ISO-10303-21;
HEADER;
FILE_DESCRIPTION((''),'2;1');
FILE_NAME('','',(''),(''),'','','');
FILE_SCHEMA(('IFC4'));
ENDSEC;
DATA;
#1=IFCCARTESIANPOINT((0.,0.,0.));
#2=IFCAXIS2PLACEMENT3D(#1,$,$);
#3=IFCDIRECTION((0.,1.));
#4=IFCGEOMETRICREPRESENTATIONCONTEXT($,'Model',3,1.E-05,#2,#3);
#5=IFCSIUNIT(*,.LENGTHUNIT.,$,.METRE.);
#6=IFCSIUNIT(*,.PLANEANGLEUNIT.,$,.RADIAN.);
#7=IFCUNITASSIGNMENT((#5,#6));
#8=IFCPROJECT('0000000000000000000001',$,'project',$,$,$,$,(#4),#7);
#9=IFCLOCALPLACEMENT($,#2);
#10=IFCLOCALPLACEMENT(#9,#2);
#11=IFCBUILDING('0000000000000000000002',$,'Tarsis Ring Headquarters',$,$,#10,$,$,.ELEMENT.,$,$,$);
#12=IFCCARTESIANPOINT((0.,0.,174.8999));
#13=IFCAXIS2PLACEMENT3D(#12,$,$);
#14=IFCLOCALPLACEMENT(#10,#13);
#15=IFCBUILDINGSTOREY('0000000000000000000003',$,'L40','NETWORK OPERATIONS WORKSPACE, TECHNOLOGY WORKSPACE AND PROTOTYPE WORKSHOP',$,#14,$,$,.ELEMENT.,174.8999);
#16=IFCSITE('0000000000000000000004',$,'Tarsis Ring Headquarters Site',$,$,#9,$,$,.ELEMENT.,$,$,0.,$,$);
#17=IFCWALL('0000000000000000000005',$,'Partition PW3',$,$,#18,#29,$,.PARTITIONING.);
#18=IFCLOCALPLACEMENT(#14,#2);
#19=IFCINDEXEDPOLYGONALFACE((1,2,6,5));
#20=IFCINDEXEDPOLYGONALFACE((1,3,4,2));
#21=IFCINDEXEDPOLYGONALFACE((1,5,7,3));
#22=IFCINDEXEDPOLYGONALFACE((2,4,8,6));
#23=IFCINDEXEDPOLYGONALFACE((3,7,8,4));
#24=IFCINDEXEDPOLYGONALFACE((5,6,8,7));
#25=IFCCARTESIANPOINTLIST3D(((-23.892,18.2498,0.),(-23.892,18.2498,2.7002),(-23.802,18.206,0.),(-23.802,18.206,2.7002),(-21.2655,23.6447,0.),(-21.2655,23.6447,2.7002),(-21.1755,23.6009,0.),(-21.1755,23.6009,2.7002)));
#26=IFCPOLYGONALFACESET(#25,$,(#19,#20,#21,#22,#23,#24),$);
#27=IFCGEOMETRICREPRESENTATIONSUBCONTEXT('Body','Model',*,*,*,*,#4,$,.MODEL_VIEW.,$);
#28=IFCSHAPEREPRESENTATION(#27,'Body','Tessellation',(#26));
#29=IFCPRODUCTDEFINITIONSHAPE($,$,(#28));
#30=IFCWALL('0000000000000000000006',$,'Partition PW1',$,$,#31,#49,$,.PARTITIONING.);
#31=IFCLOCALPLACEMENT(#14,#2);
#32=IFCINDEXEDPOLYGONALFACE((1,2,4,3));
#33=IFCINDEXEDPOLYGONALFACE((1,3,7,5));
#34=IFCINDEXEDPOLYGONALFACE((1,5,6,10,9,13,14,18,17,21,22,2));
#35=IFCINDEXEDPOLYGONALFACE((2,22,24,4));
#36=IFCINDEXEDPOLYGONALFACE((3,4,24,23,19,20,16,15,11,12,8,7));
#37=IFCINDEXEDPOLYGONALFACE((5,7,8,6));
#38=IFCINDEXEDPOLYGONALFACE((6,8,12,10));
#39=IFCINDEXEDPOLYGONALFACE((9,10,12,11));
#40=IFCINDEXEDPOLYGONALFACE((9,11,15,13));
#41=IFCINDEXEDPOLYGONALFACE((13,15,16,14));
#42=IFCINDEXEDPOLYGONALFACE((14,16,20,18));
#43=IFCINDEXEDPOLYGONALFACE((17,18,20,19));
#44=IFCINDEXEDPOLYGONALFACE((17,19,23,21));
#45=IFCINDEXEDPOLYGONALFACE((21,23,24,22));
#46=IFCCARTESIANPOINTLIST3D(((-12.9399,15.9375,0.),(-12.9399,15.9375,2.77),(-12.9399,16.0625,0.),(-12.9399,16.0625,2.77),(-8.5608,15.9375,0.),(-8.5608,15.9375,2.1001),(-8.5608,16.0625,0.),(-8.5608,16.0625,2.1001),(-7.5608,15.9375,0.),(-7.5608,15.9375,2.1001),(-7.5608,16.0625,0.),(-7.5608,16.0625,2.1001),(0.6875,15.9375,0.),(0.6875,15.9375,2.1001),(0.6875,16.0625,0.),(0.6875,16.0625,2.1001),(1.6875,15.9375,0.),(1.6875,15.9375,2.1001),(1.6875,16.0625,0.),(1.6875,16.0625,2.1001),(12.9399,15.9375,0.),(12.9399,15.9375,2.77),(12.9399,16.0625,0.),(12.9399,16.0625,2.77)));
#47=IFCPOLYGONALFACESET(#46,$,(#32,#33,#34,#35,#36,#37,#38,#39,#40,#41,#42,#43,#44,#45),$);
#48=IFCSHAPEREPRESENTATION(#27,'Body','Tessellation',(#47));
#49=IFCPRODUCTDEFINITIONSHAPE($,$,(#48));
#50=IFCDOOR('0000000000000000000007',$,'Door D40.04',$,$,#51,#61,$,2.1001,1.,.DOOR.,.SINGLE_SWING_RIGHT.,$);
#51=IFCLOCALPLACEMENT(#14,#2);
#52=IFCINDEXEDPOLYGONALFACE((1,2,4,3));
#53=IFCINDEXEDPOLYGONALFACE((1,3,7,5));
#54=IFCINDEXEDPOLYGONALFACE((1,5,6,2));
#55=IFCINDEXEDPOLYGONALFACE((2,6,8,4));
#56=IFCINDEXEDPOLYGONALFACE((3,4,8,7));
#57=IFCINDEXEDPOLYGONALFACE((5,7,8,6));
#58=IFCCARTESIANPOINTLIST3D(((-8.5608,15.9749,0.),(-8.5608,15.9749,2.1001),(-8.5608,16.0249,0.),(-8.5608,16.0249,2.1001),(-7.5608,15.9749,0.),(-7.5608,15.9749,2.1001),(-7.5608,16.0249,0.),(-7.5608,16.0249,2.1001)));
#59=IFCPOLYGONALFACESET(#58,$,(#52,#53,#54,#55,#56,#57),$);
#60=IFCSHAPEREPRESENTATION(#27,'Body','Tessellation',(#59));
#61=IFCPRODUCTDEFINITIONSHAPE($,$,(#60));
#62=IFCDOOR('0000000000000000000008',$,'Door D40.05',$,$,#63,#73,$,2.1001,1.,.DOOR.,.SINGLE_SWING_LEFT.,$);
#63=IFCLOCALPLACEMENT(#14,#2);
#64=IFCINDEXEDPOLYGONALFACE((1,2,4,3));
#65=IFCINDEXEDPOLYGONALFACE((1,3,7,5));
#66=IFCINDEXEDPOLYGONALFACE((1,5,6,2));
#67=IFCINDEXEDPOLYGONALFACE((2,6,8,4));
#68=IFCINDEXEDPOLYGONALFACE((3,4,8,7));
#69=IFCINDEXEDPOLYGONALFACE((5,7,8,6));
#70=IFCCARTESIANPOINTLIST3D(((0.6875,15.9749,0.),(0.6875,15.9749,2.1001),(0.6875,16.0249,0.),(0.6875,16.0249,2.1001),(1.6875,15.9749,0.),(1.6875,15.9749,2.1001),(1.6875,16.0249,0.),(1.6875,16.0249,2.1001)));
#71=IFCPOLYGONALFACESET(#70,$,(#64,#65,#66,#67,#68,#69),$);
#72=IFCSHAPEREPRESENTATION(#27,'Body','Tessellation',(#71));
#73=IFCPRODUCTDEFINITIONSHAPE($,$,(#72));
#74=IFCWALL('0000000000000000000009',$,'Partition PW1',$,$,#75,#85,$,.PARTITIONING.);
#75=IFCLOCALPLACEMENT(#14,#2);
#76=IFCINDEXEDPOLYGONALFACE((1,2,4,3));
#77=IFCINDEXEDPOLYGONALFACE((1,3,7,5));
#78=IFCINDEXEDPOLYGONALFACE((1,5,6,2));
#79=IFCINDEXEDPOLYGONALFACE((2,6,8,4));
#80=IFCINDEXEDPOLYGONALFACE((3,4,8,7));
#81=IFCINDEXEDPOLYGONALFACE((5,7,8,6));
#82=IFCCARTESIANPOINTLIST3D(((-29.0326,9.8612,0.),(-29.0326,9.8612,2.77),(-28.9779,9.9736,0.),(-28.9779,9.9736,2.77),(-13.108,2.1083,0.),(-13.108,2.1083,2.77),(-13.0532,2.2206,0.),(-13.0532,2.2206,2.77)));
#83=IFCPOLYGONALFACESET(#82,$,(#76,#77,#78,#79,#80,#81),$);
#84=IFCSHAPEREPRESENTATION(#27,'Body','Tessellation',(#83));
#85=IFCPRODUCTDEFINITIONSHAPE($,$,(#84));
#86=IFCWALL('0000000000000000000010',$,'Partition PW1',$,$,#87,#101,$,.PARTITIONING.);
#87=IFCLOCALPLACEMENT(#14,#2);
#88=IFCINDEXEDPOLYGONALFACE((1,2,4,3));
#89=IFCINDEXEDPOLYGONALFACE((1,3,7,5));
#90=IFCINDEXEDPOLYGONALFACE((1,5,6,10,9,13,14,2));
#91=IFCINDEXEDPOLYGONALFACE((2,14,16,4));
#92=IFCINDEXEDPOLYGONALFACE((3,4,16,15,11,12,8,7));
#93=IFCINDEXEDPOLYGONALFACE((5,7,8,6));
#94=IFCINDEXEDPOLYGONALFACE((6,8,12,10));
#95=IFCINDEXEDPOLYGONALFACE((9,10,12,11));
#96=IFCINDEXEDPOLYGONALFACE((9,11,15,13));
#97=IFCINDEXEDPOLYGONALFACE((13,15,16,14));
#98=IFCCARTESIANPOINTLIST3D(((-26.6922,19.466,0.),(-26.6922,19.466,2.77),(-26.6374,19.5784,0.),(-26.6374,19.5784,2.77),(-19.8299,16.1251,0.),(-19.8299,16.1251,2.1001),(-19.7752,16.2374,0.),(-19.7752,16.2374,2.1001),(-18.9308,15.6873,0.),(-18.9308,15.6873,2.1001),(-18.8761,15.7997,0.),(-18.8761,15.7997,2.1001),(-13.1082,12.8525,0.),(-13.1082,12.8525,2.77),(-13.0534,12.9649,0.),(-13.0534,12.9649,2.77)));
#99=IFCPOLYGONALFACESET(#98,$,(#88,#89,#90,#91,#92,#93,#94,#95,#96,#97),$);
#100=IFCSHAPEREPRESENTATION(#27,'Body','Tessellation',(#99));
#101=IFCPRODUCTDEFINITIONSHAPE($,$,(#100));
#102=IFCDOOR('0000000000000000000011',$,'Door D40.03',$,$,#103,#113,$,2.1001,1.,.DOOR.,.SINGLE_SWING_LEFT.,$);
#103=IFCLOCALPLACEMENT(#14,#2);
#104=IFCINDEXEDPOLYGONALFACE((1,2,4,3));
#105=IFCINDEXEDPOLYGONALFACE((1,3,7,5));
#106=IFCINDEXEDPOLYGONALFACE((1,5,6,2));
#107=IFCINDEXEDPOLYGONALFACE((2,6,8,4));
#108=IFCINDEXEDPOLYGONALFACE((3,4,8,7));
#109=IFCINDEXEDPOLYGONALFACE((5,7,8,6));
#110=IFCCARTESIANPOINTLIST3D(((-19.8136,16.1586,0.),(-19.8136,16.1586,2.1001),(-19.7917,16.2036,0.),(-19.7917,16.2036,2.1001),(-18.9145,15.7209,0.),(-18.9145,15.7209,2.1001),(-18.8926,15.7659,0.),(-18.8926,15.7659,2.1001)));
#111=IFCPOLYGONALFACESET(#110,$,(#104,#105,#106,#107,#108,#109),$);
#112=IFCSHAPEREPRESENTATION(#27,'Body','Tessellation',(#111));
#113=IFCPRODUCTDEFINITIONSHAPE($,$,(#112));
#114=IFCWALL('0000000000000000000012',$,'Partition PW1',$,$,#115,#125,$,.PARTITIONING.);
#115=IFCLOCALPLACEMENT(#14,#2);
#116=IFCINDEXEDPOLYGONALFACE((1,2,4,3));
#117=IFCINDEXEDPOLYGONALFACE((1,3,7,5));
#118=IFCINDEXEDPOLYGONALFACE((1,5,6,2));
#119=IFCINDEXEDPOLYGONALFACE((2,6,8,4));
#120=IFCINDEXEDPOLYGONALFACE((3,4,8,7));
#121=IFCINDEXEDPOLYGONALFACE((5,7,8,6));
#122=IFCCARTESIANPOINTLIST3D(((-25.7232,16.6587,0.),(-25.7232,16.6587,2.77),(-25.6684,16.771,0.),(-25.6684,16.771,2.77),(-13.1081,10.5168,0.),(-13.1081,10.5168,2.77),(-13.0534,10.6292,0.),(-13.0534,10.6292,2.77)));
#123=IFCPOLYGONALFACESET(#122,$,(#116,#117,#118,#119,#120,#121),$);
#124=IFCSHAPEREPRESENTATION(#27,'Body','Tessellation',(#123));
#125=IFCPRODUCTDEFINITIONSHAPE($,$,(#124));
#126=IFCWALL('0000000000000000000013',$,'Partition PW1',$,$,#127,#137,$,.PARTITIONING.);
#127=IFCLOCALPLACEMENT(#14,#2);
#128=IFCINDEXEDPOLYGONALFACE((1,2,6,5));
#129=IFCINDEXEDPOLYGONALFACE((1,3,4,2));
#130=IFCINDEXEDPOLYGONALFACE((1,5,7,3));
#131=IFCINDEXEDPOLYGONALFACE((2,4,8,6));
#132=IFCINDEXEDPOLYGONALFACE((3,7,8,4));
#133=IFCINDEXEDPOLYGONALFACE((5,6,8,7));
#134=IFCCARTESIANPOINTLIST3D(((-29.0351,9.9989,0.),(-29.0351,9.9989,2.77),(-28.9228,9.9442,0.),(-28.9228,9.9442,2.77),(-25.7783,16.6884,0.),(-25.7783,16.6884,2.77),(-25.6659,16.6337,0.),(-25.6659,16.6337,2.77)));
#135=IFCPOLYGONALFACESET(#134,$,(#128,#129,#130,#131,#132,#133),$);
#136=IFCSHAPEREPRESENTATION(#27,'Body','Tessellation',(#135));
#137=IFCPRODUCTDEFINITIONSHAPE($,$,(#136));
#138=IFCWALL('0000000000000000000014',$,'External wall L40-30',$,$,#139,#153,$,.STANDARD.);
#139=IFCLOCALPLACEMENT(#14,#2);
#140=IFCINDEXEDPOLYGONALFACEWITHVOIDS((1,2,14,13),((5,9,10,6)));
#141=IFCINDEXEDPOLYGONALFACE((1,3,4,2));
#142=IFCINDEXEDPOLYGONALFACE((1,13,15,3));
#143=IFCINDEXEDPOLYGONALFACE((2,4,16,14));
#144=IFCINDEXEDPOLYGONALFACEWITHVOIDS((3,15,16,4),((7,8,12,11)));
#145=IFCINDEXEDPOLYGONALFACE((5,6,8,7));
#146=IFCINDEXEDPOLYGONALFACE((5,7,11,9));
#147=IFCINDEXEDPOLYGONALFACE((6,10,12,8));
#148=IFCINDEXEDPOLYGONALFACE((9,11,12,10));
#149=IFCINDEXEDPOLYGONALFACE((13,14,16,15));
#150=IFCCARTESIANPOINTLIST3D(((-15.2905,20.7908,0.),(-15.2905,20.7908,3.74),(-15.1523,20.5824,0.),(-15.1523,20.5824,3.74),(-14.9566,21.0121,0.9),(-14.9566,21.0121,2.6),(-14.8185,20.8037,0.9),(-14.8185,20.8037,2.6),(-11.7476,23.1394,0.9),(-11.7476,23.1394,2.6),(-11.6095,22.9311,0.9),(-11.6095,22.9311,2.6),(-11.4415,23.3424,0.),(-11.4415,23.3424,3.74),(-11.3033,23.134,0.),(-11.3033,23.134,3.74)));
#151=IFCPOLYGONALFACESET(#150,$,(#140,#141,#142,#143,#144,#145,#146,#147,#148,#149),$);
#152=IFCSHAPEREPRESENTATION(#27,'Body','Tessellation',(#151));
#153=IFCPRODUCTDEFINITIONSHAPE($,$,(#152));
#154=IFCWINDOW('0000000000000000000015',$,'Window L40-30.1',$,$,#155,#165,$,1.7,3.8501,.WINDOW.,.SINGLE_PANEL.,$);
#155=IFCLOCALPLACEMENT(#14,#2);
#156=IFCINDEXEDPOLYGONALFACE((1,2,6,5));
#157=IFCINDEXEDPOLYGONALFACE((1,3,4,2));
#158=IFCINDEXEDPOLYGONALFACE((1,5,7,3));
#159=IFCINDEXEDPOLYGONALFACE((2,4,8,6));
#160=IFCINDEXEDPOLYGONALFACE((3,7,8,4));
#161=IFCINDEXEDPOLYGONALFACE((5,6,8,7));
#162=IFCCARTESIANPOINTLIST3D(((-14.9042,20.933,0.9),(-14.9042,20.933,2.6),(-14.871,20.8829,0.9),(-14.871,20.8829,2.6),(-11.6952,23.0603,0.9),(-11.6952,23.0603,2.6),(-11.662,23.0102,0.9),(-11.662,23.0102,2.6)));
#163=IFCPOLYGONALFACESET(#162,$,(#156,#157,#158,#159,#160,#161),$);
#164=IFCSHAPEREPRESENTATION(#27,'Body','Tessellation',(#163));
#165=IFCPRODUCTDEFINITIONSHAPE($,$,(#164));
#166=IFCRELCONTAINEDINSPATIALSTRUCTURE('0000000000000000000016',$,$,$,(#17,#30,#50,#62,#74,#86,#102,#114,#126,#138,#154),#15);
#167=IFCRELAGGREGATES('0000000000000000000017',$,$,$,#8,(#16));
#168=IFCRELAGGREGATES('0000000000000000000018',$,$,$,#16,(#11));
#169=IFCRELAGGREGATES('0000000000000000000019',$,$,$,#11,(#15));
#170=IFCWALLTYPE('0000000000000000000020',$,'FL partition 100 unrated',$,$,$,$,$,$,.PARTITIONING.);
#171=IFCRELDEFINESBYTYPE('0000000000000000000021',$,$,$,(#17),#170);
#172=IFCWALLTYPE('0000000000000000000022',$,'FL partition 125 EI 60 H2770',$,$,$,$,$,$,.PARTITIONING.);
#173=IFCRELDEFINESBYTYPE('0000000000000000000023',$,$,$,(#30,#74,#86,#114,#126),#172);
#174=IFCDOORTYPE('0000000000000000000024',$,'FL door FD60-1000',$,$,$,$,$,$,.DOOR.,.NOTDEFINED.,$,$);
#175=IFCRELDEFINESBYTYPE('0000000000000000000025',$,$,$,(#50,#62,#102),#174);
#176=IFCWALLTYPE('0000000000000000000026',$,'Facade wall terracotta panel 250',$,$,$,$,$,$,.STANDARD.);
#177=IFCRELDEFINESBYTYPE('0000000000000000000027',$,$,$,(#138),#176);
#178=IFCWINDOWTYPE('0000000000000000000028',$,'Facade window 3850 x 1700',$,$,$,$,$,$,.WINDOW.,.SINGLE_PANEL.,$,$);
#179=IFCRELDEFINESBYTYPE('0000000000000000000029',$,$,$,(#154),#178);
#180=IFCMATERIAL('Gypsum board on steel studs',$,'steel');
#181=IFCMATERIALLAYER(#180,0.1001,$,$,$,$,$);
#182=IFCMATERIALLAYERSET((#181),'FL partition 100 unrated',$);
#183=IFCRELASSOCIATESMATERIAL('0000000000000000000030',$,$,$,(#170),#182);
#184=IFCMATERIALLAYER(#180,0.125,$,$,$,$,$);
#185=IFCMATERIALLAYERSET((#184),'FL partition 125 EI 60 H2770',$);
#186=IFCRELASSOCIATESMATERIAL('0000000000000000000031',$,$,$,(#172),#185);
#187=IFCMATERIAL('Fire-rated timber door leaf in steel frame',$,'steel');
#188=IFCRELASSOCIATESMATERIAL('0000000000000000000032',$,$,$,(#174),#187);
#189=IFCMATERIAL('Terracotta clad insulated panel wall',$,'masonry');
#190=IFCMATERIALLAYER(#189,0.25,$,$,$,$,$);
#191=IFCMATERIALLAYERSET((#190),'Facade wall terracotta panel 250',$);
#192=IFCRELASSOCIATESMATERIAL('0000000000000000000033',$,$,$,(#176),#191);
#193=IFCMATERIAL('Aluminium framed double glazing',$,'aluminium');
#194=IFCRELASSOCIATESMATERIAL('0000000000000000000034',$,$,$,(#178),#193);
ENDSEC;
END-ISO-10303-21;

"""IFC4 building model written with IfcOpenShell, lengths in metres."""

from ifc_helpers import new_model, si_unit, direction, frame, frame_2d, origin, place, context, subcontext, project, spatial, rectangle, extrude, material, layer, layer_set, type_object, element, fill, save


model = new_model("IFC4")

# Units and contexts
model_context = context("Model", 3, precision=1e-05, world=origin(), true_north=direction((0.0, 1.0)))
body_context = subcontext(model_context, "Body", "Model", "MODEL_VIEW")
ifc_project = project(units=[si_unit("LENGTHUNIT", "METRE"), si_unit("PLANEANGLEUNIT", "RADIAN")], contexts=[model_context])

# Site, building, storey
site_placement = place(None, origin())
site = spatial("IfcSite", under=ifc_project, at=site_placement, Name="Tarsis Ring Headquarters Site", CompositionType="ELEMENT", RefElevation=0.0)
building_placement = place(site_placement, origin())
building = spatial("IfcBuilding", under=site, at=building_placement, Name="Tarsis Ring Headquarters", CompositionType="ELEMENT")
storey_placement = place(building_placement, frame((0.0, 0.0, 174.8999)))
storey = spatial("IfcBuildingStorey", under=building, at=storey_placement, Name="L40", Description="NETWORK OPERATIONS WORKSPACE, TECHNOLOGY WORKSPACE AND PROTOTYPE WORKSHOP", CompositionType="ELEMENT", Elevation=174.8999)

# Wall
ifc_material_1 = material(Name="Gypsum board on steel studs", Category="steel")
ifc_layer_1 = layer(ifc_material_1, 0.1001)
ifc_layer_set_1 = layer_set([ifc_layer_1], Name="FL partition 100 unrated")
wall_type_1 = type_object("IfcWallType", Name="FL partition 100 unrated", PredefinedType="PARTITIONING", material=ifc_layer_set_1)
wall_1_placement = place(storey_placement, frame((-23.8469, 18.228, 0.0), z_axis=(0.0, 0.0, 1.0), x_axis=(0.437732, 0.899105, 0.0)))
element("IfcWall", 1, at=wall_1_placement, inside=storey, type_object=wall_type_1, Name="Partition PW3", PredefinedType="PARTITIONING", context=body_context, shape_type="SweptSolid", body=[
    extrude(rectangle(XDim=6.0002, YDim=0.1001, at=frame_2d((3.0, 0.0))), origin(), (0.0, 0.0, 1.0), 2.7002),
])

# Wall, openings, doors
ifc_layer_2 = layer(ifc_material_1, 0.125)
ifc_layer_set_2 = layer_set([ifc_layer_2], Name="FL partition 125 EI 60 H2770")
wall_type_2 = type_object("IfcWallType", Name="FL partition 125 EI 60 H2770", PredefinedType="PARTITIONING", material=ifc_layer_set_2)
wall_2_placement = place(storey_placement, frame((-12.9399, 16.0, 0.0), z_axis=(0.0, 0.0, 1.0), x_axis=(1.0, 0.0, 0.0)))
wall_2 = element("IfcWall", 2, at=wall_2_placement, inside=storey, type_object=wall_type_2, Name="Partition PW1", PredefinedType="PARTITIONING", context=body_context, shape_type="SweptSolid", body=[
    extrude(rectangle(XDim=25.8799, YDim=0.125, at=frame_2d((12.9399, 0.0))), origin(), (0.0, 0.0, 1.0), 2.77),
])
opening_1_placement = place(wall_2_placement, frame((4.3792, 0.0, 0.0)))
opening_1 = element("IfcOpeningElement", 3, at=opening_1_placement, cuts=wall_2, PredefinedType="OPENING", context=body_context, shape_type="SweptSolid", body=[
    extrude(rectangle(XDim=1.0, YDim=2.1001, at=frame_2d((0.5, 1.05))), frame((0.0, 0.0725, 0.0), z_axis=(0.0, -1.0, 0.0), x_axis=(1.0, 0.0, 0.0)), (0.0, 0.0, 1.0), 0.145),
])
opening_2_placement = place(wall_2_placement, frame((13.6274, 0.0, 0.0)))
opening_2 = element("IfcOpeningElement", 4, at=opening_2_placement, cuts=wall_2, PredefinedType="OPENING", context=body_context, shape_type="SweptSolid", body=[
    extrude(rectangle(XDim=1.0, YDim=2.1001, at=frame_2d((0.5, 1.05))), frame((0.0, 0.0725, 0.0), z_axis=(0.0, -1.0, 0.0), x_axis=(1.0, 0.0, 0.0)), (0.0, 0.0, 1.0), 0.145),
])
ifc_material_2 = material(Name="Fire-rated timber door leaf in steel frame", Category="steel")
door_type_1 = type_object("IfcDoorType", Name="FL door FD60-1000", OperationType="NOTDEFINED", PredefinedType="DOOR", material=ifc_material_2)
door_1_placement = place(opening_1_placement, origin())
door_1 = element("IfcDoor", 5, at=door_1_placement, inside=storey, type_object=door_type_1, Name="Door D40.04", OperationType="SINGLE_SWING_RIGHT", OverallHeight=2.1001, OverallWidth=1.0, PredefinedType="DOOR", context=body_context, shape_type="SweptSolid", body=[
    extrude(rectangle(XDim=1.0, YDim=2.1001, at=frame_2d((0.5, 1.05))), frame((0.0, 0.0249, 0.0), z_axis=(0.0, -1.0, 0.0), x_axis=(1.0, 0.0, 0.0)), (0.0, 0.0, 1.0), 0.05),
])
fill(opening_1, door_1)
door_2_placement = place(opening_2_placement, origin())
door_2 = element("IfcDoor", 6, at=door_2_placement, inside=storey, type_object=door_type_1, Name="Door D40.05", OperationType="SINGLE_SWING_LEFT", OverallHeight=2.1001, OverallWidth=1.0, PredefinedType="DOOR", context=body_context, shape_type="SweptSolid", body=[
    extrude(rectangle(XDim=1.0, YDim=2.1001, at=frame_2d((0.5, 1.05))), frame((0.0, 0.0249, 0.0), z_axis=(0.0, -1.0, 0.0), x_axis=(1.0, 0.0, 0.0)), (0.0, 0.0, 1.0), 0.05),
])
fill(opening_2, door_2)

# Wall
wall_3_placement = place(storey_placement, frame((-29.0054, 9.9175, 0.0), z_axis=(0.0, 0.0, 1.0), x_axis=(0.899105, -0.437733, 0.0)))
element("IfcWall", 7, at=wall_3_placement, inside=storey, type_object=wall_type_2, Name="Partition PW1", PredefinedType="PARTITIONING", context=body_context, shape_type="SweptSolid", body=[
    extrude(rectangle(XDim=17.7117, YDim=0.125, at=frame_2d((8.856, 0.0))), origin(), (0.0, 0.0, 1.0), 2.77),
])

# Wall, opening, door
wall_4_placement = place(storey_placement, frame((-26.6648, 19.5222, 0.0), z_axis=(0.0, 0.0, 1.0), x_axis=(0.899102, -0.437739, 0.0)))
wall_4 = element("IfcWall", 8, at=wall_4_placement, inside=storey, type_object=wall_type_2, Name="Partition PW1", PredefinedType="PARTITIONING", context=body_context, shape_type="SweptSolid", body=[
    extrude(rectangle(XDim=15.1084, YDim=0.125, at=frame_2d((7.5542, 0.0))), origin(), (0.0, 0.0, 1.0), 2.77),
])
opening_3_placement = place(wall_4_placement, frame((7.6323, 0.0, 0.0)))
opening_3 = element("IfcOpeningElement", 9, at=opening_3_placement, cuts=wall_4, PredefinedType="OPENING", context=body_context, shape_type="SweptSolid", body=[
    extrude(rectangle(XDim=1.0, YDim=2.1001, at=frame_2d((0.5, 1.05))), frame((0.0, 0.0725, 0.0), z_axis=(0.0, -1.0, 0.0), x_axis=(1.0, 0.0, 0.0)), (0.0, 0.0, 1.0), 0.145),
])
door_3_placement = place(opening_3_placement, origin())
door_3 = element("IfcDoor", 10, at=door_3_placement, inside=storey, type_object=door_type_1, Name="Door D40.03", OperationType="SINGLE_SWING_LEFT", OverallHeight=2.1001, OverallWidth=1.0, PredefinedType="DOOR", context=body_context, shape_type="SweptSolid", body=[
    extrude(rectangle(XDim=1.0, YDim=2.1001, at=frame_2d((0.5, 1.05))), frame((0.0, 0.0249, 0.0), z_axis=(0.0, -1.0, 0.0), x_axis=(1.0, 0.0, 0.0)), (0.0, 0.0, 1.0), 0.05),
])
fill(opening_3, door_3)

# Walls
wall_5_placement = place(storey_placement, frame((-25.6958, 16.7148, 0.0), z_axis=(0.0, 0.0, 1.0), x_axis=(0.8991, -0.437744, 0.0)))
element("IfcWall", 11, at=wall_5_placement, inside=storey, type_object=wall_type_2, Name="Partition PW1", PredefinedType="PARTITIONING", context=body_context, shape_type="SweptSolid", body=[
    extrude(rectangle(XDim=14.0308, YDim=0.125, at=frame_2d((7.0154, 0.0))), origin(), (0.0, 0.0, 1.0), 2.77),
])
wall_6_placement = place(storey_placement, frame((-28.979, 9.9714, 0.0), z_axis=(0.0, 0.0, 1.0), x_axis=(0.437738, 0.899102, 0.0)))
element("IfcWall", 12, at=wall_6_placement, inside=storey, type_object=wall_type_2, Name="Partition PW1", PredefinedType="PARTITIONING", context=body_context, shape_type="SweptSolid", body=[
    extrude(rectangle(XDim=7.4402, YDim=0.125, at=frame_2d((3.7202, 0.0))), origin(), (0.0, 0.0, 1.0), 2.77),
])

# Wall, opening, window
ifc_material_3 = material(Name="Terracotta clad insulated panel wall", Category="masonry")
ifc_layer_3 = layer(ifc_material_3, 0.25)
ifc_layer_set_3 = layer_set([ifc_layer_3], Name="Facade wall terracotta panel 250")
wall_type_3 = type_object("IfcWallType", Name="Facade wall terracotta panel 250", PredefinedType="STANDARD", material=ifc_layer_set_3)
wall_7_placement = place(storey_placement, frame((-11.3723, 23.2383, 0.0), z_axis=(0.0, 0.0, 1.0), x_axis=(-0.833487, -0.552539, 0.0)))
wall_7 = element("IfcWall", 13, at=wall_7_placement, inside=storey, type_object=wall_type_3, Name="External wall L40-30", PredefinedType="STANDARD", context=body_context, shape_type="SweptSolid", body=[
    extrude(rectangle(XDim=4.6179, YDim=0.25, at=frame_2d((2.3091, 0.0))), origin(), (0.0, 0.0, 1.0), 3.74),
])
opening_4_placement = place(wall_7_placement, frame((0.3674, 0.0, 0.8999)))
opening_4 = element("IfcOpeningElement", 14, at=opening_4_placement, cuts=wall_7, PredefinedType="OPENING", context=body_context, shape_type="SweptSolid", body=[
    extrude(rectangle(XDim=3.8501, YDim=1.7, at=frame_2d((1.925, 0.8501))), frame((0.0, 0.135, 0.0), z_axis=(0.0, -1.0, 0.0), x_axis=(1.0, 0.0, 0.0)), (0.0, 0.0, 1.0), 0.27),
])
ifc_material_4 = material(Name="Aluminium framed double glazing", Category="aluminium")
window_type_1 = type_object("IfcWindowType", Name="Facade window 3850 x 1700", PartitioningType="SINGLE_PANEL", PredefinedType="WINDOW", material=ifc_material_4)
window_1_placement = place(opening_4_placement, origin())
window_1 = element("IfcWindow", 15, at=window_1_placement, inside=storey, type_object=window_type_1, Name="Window L40-30.1", OverallHeight=1.7, OverallWidth=3.8501, PartitioningType="SINGLE_PANEL", PredefinedType="WINDOW", context=body_context, shape_type="SweptSolid", body=[
    extrude(rectangle(XDim=3.8501, YDim=1.7, at=frame_2d((1.925, 0.8501))), frame((0.0, 0.03, 0.0), z_axis=(0.0, -1.0, 0.0), x_axis=(1.0, 0.0, 0.0)), (0.0, 0.0, 1.0), 0.0601),
])
fill(opening_4, window_1)

save(model, "model.ifc")
